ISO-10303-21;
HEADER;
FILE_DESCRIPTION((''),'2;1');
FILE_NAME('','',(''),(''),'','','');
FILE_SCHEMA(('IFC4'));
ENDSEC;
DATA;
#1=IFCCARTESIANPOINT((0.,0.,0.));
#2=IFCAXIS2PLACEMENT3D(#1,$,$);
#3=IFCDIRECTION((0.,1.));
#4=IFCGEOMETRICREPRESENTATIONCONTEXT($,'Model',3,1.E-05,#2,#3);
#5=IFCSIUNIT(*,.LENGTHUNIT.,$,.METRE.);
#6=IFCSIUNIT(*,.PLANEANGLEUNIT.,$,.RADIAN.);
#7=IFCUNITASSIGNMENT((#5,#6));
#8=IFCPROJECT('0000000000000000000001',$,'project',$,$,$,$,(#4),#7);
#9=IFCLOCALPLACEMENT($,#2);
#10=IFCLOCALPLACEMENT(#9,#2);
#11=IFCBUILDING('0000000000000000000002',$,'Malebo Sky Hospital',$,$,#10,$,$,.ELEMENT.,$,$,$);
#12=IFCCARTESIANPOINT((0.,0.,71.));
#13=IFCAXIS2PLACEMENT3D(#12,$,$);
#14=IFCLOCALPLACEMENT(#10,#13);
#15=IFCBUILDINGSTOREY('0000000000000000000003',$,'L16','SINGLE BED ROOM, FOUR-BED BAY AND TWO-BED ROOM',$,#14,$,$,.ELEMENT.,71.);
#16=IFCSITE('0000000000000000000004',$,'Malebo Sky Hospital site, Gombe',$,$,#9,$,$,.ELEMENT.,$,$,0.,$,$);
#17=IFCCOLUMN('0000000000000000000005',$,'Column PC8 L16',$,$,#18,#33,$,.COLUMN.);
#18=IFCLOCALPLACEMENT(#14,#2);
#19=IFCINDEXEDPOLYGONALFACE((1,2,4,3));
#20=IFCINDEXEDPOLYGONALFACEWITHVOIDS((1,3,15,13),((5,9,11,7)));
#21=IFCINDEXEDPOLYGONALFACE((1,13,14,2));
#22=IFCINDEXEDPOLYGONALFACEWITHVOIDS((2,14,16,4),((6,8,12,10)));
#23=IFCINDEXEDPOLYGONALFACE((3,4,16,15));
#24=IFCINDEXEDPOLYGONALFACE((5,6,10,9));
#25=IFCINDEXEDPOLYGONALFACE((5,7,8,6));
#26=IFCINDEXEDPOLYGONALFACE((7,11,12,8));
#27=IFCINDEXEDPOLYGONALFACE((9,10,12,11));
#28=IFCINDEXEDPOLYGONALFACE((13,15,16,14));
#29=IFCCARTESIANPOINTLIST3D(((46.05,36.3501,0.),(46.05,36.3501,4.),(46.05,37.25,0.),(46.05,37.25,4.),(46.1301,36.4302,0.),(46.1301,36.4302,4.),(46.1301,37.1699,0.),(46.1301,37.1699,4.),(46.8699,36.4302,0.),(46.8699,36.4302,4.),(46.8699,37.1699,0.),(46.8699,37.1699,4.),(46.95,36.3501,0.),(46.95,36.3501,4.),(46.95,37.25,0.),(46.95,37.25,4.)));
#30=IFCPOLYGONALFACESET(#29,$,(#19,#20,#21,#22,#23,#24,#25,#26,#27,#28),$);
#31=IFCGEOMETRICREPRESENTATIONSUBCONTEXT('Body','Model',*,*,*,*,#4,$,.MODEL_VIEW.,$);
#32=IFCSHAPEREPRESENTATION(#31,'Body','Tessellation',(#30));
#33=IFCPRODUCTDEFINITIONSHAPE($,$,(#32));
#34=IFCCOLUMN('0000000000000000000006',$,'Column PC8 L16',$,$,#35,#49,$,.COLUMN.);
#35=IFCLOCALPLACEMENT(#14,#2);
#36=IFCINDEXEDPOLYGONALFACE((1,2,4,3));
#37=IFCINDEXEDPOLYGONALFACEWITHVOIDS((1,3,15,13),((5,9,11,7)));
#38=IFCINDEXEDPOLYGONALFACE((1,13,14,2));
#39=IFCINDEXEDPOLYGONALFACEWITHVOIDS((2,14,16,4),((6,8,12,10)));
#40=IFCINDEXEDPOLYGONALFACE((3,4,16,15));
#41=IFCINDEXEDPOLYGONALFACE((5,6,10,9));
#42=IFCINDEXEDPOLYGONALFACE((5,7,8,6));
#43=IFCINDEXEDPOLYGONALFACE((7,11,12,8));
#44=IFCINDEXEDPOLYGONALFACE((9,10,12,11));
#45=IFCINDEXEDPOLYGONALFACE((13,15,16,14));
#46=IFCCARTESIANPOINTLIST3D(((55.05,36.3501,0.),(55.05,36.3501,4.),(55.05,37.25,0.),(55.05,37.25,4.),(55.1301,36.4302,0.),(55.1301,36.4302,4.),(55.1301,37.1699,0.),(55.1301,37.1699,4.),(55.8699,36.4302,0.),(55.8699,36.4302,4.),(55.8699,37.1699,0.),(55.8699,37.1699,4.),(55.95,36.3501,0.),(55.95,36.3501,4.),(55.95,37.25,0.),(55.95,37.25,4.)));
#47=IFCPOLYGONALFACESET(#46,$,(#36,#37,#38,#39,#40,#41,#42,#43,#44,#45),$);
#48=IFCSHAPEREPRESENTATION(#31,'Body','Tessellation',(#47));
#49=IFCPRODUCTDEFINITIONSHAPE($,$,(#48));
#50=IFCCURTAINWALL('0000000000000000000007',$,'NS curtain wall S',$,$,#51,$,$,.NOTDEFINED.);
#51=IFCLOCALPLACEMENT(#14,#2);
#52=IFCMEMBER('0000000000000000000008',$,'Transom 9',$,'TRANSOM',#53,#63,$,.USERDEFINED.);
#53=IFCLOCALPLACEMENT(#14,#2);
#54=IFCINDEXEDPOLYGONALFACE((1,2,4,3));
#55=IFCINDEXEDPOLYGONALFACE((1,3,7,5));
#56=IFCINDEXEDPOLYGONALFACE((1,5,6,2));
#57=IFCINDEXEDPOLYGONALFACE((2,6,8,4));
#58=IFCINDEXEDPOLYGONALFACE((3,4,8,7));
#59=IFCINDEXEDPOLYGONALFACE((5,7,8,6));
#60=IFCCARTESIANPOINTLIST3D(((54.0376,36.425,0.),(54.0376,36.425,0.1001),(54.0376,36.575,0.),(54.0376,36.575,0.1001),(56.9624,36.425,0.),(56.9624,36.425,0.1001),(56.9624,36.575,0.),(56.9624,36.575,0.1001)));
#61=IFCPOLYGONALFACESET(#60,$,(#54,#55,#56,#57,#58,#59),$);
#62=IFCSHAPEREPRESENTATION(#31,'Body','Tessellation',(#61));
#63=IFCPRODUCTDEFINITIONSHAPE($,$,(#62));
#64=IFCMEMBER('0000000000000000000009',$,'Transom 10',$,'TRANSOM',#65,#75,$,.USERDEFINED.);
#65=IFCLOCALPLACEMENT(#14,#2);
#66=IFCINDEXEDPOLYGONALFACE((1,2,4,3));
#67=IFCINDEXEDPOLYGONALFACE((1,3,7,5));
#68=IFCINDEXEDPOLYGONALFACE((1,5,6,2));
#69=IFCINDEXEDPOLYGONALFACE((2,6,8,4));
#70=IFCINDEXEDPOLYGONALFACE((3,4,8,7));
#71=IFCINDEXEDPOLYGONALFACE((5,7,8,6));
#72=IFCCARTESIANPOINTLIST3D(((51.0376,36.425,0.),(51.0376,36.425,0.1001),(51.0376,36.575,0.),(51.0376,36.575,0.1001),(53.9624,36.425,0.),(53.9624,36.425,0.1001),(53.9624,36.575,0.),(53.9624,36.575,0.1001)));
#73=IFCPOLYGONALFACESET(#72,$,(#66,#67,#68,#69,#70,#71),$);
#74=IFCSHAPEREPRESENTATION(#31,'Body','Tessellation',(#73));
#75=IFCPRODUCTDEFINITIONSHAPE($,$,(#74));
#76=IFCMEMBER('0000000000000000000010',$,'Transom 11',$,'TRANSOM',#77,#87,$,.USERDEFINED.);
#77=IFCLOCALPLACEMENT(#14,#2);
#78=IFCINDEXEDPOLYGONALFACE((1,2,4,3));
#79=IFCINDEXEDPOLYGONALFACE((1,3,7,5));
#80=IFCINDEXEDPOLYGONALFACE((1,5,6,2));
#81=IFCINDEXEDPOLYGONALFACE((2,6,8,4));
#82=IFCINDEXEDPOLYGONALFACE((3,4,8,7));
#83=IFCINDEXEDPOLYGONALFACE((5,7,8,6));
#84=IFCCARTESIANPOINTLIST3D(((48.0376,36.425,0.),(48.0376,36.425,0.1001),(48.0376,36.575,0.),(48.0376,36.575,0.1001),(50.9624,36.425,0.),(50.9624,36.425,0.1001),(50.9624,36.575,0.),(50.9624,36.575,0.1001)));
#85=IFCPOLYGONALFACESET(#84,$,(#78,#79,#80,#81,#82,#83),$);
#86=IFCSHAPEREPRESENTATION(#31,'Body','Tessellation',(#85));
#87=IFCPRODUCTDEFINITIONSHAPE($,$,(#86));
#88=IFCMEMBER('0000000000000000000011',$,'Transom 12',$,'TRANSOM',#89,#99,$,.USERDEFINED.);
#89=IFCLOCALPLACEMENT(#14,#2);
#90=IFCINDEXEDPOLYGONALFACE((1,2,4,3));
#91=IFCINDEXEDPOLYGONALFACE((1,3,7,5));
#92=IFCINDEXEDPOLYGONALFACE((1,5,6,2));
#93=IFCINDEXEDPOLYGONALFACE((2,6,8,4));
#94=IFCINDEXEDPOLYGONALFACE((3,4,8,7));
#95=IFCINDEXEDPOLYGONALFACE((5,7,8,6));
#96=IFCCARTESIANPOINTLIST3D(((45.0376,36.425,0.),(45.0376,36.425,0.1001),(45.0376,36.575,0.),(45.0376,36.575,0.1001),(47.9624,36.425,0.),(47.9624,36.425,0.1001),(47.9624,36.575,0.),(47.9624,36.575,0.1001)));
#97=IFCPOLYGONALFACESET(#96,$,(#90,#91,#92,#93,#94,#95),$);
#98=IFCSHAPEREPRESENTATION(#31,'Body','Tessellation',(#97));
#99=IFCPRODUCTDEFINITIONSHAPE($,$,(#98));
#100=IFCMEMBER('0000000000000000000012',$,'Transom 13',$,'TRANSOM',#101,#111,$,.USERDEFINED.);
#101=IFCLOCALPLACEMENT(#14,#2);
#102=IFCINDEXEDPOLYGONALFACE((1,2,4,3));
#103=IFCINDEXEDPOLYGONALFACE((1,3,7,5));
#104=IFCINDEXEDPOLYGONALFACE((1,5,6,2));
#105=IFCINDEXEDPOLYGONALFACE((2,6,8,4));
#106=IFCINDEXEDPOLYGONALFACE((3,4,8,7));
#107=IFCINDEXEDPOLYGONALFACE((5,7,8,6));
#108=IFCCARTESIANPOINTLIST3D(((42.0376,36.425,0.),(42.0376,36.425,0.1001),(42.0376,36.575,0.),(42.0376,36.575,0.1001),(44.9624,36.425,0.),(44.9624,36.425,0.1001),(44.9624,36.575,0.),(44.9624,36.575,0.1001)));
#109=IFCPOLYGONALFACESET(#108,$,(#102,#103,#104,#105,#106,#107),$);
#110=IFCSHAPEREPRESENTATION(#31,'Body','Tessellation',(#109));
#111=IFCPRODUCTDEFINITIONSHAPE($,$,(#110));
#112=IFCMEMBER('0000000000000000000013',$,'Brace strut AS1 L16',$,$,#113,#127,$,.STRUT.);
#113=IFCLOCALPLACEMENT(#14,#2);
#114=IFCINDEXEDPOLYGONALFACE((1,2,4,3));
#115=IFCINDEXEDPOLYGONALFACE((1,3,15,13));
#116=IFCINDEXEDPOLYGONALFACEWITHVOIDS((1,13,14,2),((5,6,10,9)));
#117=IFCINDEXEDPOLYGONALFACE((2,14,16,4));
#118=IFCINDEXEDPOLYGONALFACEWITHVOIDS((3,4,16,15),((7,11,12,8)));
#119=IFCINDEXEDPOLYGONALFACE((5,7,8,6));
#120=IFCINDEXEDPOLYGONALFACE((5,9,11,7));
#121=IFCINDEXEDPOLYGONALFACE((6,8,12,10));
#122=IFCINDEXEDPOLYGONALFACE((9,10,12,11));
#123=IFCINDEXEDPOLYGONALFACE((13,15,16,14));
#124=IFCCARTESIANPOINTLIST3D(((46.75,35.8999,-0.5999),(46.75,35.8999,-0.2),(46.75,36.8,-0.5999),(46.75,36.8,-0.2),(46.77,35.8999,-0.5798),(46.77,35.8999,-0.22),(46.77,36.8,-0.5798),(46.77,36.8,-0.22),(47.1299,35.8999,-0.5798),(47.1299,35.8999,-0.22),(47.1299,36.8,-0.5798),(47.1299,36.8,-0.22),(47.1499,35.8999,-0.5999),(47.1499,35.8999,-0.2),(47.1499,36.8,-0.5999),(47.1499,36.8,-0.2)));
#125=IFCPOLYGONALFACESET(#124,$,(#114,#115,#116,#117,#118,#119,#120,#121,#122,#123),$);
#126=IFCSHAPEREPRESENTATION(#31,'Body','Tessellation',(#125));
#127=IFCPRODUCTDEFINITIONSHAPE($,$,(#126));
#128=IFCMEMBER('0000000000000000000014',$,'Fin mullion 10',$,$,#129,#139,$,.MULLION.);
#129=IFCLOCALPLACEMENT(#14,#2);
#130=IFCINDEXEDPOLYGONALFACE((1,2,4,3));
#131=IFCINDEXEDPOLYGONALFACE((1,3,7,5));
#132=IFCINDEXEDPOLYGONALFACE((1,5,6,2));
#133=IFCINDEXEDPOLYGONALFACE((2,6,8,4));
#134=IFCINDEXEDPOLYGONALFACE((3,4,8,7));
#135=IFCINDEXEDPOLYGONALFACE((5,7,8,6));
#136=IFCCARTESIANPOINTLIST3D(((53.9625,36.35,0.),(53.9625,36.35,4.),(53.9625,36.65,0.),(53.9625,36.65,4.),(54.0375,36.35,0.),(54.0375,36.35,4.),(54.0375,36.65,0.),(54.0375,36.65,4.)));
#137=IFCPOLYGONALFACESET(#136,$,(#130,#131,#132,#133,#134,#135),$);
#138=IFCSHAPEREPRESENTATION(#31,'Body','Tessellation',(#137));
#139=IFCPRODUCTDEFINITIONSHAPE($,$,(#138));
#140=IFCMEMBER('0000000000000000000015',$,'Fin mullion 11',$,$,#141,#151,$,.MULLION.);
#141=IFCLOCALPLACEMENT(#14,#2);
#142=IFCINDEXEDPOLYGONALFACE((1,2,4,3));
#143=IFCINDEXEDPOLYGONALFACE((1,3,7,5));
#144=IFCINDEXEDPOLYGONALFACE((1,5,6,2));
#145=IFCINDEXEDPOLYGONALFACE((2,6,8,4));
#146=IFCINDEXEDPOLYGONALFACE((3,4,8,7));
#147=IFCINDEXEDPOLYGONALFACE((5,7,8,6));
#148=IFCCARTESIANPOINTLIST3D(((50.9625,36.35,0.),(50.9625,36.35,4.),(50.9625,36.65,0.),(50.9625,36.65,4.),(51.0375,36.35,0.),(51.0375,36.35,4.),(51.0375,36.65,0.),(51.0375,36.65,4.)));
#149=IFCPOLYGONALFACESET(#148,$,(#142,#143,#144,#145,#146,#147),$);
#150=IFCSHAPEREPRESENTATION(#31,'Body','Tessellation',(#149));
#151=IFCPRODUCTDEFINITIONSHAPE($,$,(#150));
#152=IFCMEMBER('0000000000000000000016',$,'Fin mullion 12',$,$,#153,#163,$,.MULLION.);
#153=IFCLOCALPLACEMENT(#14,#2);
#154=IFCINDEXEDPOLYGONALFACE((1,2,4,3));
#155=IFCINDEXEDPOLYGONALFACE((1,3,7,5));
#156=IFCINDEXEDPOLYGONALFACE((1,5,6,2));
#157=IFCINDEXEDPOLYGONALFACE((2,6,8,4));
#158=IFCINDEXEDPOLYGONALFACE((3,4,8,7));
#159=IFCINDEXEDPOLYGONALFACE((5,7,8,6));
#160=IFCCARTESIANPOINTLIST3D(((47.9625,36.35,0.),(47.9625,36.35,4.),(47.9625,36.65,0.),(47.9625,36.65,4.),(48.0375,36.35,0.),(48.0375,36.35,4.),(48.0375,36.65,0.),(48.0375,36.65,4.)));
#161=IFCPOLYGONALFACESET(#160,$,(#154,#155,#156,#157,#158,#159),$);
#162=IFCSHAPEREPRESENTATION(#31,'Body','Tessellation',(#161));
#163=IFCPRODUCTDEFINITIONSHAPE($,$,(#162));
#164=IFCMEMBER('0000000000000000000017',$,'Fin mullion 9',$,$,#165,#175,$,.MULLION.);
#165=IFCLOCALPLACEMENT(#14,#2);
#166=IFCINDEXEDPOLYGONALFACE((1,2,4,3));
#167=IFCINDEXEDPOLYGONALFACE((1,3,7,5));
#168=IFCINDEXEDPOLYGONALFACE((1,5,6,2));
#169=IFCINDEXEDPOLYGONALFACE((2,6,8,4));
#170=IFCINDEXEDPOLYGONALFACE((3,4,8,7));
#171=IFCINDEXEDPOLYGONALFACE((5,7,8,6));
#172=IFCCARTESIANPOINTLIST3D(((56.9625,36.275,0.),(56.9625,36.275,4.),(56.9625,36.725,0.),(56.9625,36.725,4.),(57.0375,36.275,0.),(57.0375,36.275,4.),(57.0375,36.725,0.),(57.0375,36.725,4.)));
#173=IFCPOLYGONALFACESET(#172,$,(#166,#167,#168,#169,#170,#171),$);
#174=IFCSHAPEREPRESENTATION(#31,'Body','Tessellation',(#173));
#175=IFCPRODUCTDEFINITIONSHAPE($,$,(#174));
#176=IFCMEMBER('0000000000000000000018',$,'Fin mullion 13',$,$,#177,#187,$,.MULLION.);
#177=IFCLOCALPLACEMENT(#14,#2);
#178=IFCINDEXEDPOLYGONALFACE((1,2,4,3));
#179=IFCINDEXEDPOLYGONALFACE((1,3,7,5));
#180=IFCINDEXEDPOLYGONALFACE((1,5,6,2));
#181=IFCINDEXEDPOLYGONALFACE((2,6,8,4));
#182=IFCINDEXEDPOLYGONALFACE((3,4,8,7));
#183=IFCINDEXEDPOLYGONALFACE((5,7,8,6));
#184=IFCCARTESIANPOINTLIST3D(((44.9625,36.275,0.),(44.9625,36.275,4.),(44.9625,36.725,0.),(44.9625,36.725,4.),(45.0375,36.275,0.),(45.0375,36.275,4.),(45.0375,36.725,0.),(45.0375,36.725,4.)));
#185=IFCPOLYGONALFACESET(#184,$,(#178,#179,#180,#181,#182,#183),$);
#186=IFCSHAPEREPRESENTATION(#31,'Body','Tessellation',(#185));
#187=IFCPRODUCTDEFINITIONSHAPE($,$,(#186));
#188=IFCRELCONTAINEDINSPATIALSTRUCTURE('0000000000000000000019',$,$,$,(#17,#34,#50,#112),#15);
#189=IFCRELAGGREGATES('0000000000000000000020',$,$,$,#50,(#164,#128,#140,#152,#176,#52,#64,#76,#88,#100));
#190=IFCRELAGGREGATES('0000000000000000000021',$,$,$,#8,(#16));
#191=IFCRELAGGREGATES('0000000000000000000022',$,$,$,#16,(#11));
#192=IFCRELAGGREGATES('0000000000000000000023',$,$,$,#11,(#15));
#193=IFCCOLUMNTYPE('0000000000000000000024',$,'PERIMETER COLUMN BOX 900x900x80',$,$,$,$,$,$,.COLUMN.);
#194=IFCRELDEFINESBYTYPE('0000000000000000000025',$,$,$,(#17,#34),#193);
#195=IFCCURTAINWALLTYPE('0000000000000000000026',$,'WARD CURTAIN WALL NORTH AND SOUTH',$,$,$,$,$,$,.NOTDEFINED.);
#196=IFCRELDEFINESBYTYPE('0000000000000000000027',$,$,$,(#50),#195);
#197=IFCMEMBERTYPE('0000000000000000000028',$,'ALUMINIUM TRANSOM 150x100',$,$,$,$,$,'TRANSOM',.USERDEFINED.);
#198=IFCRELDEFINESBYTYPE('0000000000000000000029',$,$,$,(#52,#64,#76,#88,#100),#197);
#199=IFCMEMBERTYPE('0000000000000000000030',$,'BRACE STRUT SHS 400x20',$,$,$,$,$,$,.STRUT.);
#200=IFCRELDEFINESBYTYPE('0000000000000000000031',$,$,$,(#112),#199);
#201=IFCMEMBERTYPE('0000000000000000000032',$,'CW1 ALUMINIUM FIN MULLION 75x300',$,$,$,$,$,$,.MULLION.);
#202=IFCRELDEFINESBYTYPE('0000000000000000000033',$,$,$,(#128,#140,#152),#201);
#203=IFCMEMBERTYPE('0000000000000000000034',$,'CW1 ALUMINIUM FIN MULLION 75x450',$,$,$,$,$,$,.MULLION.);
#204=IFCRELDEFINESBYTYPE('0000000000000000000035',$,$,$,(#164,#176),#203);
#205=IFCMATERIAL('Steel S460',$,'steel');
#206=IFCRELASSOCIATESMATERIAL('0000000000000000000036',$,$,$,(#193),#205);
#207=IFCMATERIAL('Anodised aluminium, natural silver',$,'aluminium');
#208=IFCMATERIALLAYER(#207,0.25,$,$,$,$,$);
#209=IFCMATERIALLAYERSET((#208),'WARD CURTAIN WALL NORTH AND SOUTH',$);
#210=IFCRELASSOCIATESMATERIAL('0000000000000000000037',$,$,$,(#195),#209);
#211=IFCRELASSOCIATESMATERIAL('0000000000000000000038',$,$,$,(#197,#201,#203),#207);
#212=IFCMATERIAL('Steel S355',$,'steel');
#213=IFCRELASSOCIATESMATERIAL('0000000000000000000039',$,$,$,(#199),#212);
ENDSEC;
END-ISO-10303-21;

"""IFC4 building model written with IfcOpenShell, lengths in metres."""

from ifc_helpers import new_model, si_unit, direction, frame, origin, origin_2d, place, context, subcontext, project, spatial, rectangle, hollow_rectangle, extrude, material, layer, layer_set, material_profile, profile_set, type_object, element, aggregate, save


model = new_model("IFC4")

# Units and contexts
model_context = context("Model", 3, precision=1e-05, world=origin(), true_north=direction((0.0, 1.0)))
body_context = subcontext(model_context, "Body", "Model", "MODEL_VIEW")
ifc_project = project(units=[si_unit("LENGTHUNIT", "METRE"), si_unit("PLANEANGLEUNIT", "RADIAN")], contexts=[model_context])

# Site, building, storey
site_placement = place(None, origin())
site = spatial("IfcSite", under=ifc_project, at=site_placement, Name="Malebo Sky Hospital site, Gombe", CompositionType="ELEMENT", RefElevation=0.0)
building_placement = place(site_placement, origin())
building = spatial("IfcBuilding", under=site, at=building_placement, Name="Malebo Sky Hospital", CompositionType="ELEMENT")
storey_placement = place(building_placement, frame((0.0, 0.0, 71.0)))
storey = spatial("IfcBuildingStorey", under=building, at=storey_placement, Name="L16", Description="SINGLE BED ROOM, FOUR-BED BAY AND TWO-BED ROOM", CompositionType="ELEMENT", Elevation=71.0)

# Columns
ifc_material_1 = material(Name="Steel S460", Category="steel")
ifc_material_profile_1 = material_profile(ifc_material_1, hollow_rectangle(XDim=0.8999, YDim=0.8999, WallThickness=0.0801, at=origin_2d()), Name="BOX 900x900x80")
ifc_profile_set_1 = profile_set([ifc_material_profile_1], Name="Steel S460")
column_type = type_object("IfcColumnType", Name="PERIMETER COLUMN BOX 900x900x80", PredefinedType="COLUMN", material=ifc_profile_set_1)
for number, where, z_axis, x_axis, name in (
    (1, (46.5, 36.8, 0.0), (0.0, 0.0, 1.0), (1.0, 0.0, 0.0), "Column PC8 L16"),
    (2, (55.5, 36.8, 0.0), (0.0, 0.0, 1.0), (1.0, 0.0, 0.0), "Column PC8 L16"),
):
    element("IfcColumn", number, at=place(storey_placement, frame(where, z_axis=z_axis, x_axis=x_axis)), inside=storey, type_object=column_type, Name=name, PredefinedType="COLUMN", context=body_context, shape_type="SweptSolid", body=[
        extrude(hollow_rectangle(XDim=0.8999, YDim=0.8999, WallThickness=0.0801, at=origin_2d()), origin(), (0.0, 0.0, 1.0), 4.0),
    ])

# Curtain wall, members
ifc_material_2 = material(Name="Anodised aluminium, natural silver", Category="aluminium")
ifc_layer_1 = layer(ifc_material_2, 0.25)
ifc_layer_set_1 = layer_set([ifc_layer_1], Name="WARD CURTAIN WALL NORTH AND SOUTH")
curtain_wall_type = type_object("IfcCurtainWallType", Name="WARD CURTAIN WALL NORTH AND SOUTH", PredefinedType="NOTDEFINED", material=ifc_layer_set_1)
curtain_wall_placement = place(storey_placement, origin())
curtain_wall = element("IfcCurtainWall", 3, at=curtain_wall_placement, inside=storey, type_object=curtain_wall_type, Name="NS curtain wall S", PredefinedType="NOTDEFINED")
ifc_material_profile_2 = material_profile(ifc_material_2, rectangle(XDim=0.1499, YDim=0.1001, at=origin_2d()), Name="ALUMINIUM TRANSOM 150x100")
ifc_profile_set_2 = profile_set([ifc_material_profile_2], Name="Anodised aluminium, natural silver")
member_type_1 = type_object("IfcMemberType", Name="ALUMINIUM TRANSOM 150x100", ElementType="TRANSOM", PredefinedType="USERDEFINED", material=ifc_profile_set_2)
member_1_placement = place(storey_placement, frame((56.9624, 36.5, 0.05), z_axis=(-1.0, 0.0, 0.0), x_axis=(0.0, -1.0, 0.0)))
member_1 = element("IfcMember", 4, at=member_1_placement, type_object=member_type_1, Name="Transom 9", ObjectType="TRANSOM", PredefinedType="USERDEFINED", context=body_context, shape_type="SweptSolid", body=[
    extrude(rectangle(XDim=0.1499, YDim=0.1001, at=origin_2d()), origin(), (0.0, 0.0, 1.0), 2.9248),
])
member_2_placement = place(storey_placement, frame((53.9624, 36.5, 0.05), z_axis=(-1.0, 0.0, 0.0), x_axis=(0.0, -1.0, 0.0)))
member_2 = element("IfcMember", 5, at=member_2_placement, type_object=member_type_1, Name="Transom 10", ObjectType="TRANSOM", PredefinedType="USERDEFINED", context=body_context, shape_type="SweptSolid", body=[
    extrude(rectangle(XDim=0.1499, YDim=0.1001, at=origin_2d()), origin(), (0.0, 0.0, 1.0), 2.9248),
])
member_3_placement = place(storey_placement, frame((50.9624, 36.5, 0.05), z_axis=(-1.0, 0.0, 0.0), x_axis=(0.0, -1.0, 0.0)))
member_3 = element("IfcMember", 6, at=member_3_placement, type_object=member_type_1, Name="Transom 11", ObjectType="TRANSOM", PredefinedType="USERDEFINED", context=body_context, shape_type="SweptSolid", body=[
    extrude(rectangle(XDim=0.1499, YDim=0.1001, at=origin_2d()), origin(), (0.0, 0.0, 1.0), 2.9248),
])
member_4_placement = place(storey_placement, frame((47.9624, 36.5, 0.05), z_axis=(-1.0, 0.0, 0.0), x_axis=(0.0, -1.0, 0.0)))
member_4 = element("IfcMember", 7, at=member_4_placement, type_object=member_type_1, Name="Transom 12", ObjectType="TRANSOM", PredefinedType="USERDEFINED", context=body_context, shape_type="SweptSolid", body=[
    extrude(rectangle(XDim=0.1499, YDim=0.1001, at=origin_2d()), origin(), (0.0, 0.0, 1.0), 2.9248),
])
member_5_placement = place(storey_placement, frame((44.9624, 36.5, 0.05), z_axis=(-1.0, 0.0, 0.0), x_axis=(0.0, -1.0, 0.0)))
member_5 = element("IfcMember", 8, at=member_5_placement, type_object=member_type_1, Name="Transom 13", ObjectType="TRANSOM", PredefinedType="USERDEFINED", context=body_context, shape_type="SweptSolid", body=[
    extrude(rectangle(XDim=0.1499, YDim=0.1001, at=origin_2d()), origin(), (0.0, 0.0, 1.0), 2.9248),
])

# Members
ifc_material_3 = material(Name="Steel S355", Category="steel")
ifc_material_profile_3 = material_profile(ifc_material_3, hollow_rectangle(XDim=0.3999, YDim=0.3999, WallThickness=0.02, at=origin_2d()), Name="SHS 400x20")
ifc_profile_set_3 = profile_set([ifc_material_profile_3], Name="Steel S355")
member_type_2 = type_object("IfcMemberType", Name="BRACE STRUT SHS 400x20", PredefinedType="STRUT", material=ifc_profile_set_3)
member_6_placement = place(storey_placement, frame((46.95, 35.8999, -0.3999), z_axis=(0.0, 1.0, 0.0), x_axis=(-1.0, 0.0, 0.0)))
element("IfcMember", 9, at=member_6_placement, inside=storey, type_object=member_type_2, Name="Brace strut AS1 L16", PredefinedType="STRUT", context=body_context, shape_type="SweptSolid", body=[
    extrude(hollow_rectangle(XDim=0.3999, YDim=0.3999, WallThickness=0.02, at=origin_2d()), origin(), (0.0, 0.0, 1.0), 0.9001),
])
ifc_material_profile_4 = material_profile(ifc_material_2, rectangle(XDim=0.075, YDim=0.3, at=origin_2d()), Name="CW1 ALUMINIUM FIN MULLION 75x300")
ifc_profile_set_4 = profile_set([ifc_material_profile_4], Name="Anodised aluminium, natural silver")
member_type_3 = type_object("IfcMemberType", Name="CW1 ALUMINIUM FIN MULLION 75x300", PredefinedType="MULLION", material=ifc_profile_set_4)
member_7_placement = place(storey_placement, frame((54.0, 36.5, 0.0), z_axis=(0.0, 0.0, 1.0), x_axis=(-1.0, 0.0, 0.0)))
member_7 = element("IfcMember", 10, at=member_7_placement, type_object=member_type_3, Name="Fin mullion 10", PredefinedType="MULLION", context=body_context, shape_type="SweptSolid", body=[
    extrude(rectangle(XDim=0.075, YDim=0.3, at=origin_2d()), origin(), (0.0, 0.0, 1.0), 4.0),
])
member_8_placement = place(storey_placement, frame((51.0, 36.5, 0.0), z_axis=(0.0, 0.0, 1.0), x_axis=(-1.0, 0.0, 0.0)))
member_8 = element("IfcMember", 11, at=member_8_placement, type_object=member_type_3, Name="Fin mullion 11", PredefinedType="MULLION", context=body_context, shape_type="SweptSolid", body=[
    extrude(rectangle(XDim=0.075, YDim=0.3, at=origin_2d()), origin(), (0.0, 0.0, 1.0), 4.0),
])
member_9_placement = place(storey_placement, frame((48.0, 36.5, 0.0), z_axis=(0.0, 0.0, 1.0), x_axis=(-1.0, 0.0, 0.0)))
member_9 = element("IfcMember", 12, at=member_9_placement, type_object=member_type_3, Name="Fin mullion 12", PredefinedType="MULLION", context=body_context, shape_type="SweptSolid", body=[
    extrude(rectangle(XDim=0.075, YDim=0.3, at=origin_2d()), origin(), (0.0, 0.0, 1.0), 4.0),
])
ifc_material_profile_5 = material_profile(ifc_material_2, rectangle(XDim=0.075, YDim=0.45, at=origin_2d()), Name="CW1 ALUMINIUM FIN MULLION 75x450")
ifc_profile_set_5 = profile_set([ifc_material_profile_5], Name="Anodised aluminium, natural silver")
member_type_4 = type_object("IfcMemberType", Name="CW1 ALUMINIUM FIN MULLION 75x450", PredefinedType="MULLION", material=ifc_profile_set_5)
member_10_placement = place(storey_placement, frame((57.0, 36.5, 0.0), z_axis=(0.0, 0.0, 1.0), x_axis=(-1.0, 0.0, 0.0)))
member_10 = element("IfcMember", 13, at=member_10_placement, type_object=member_type_4, Name="Fin mullion 9", PredefinedType="MULLION", context=body_context, shape_type="SweptSolid", body=[
    extrude(rectangle(XDim=0.075, YDim=0.45, at=origin_2d()), origin(), (0.0, 0.0, 1.0), 4.0),
])
member_11_placement = place(storey_placement, frame((45.0, 36.5, 0.0), z_axis=(0.0, 0.0, 1.0), x_axis=(-1.0, 0.0, 0.0)))
member_11 = element("IfcMember", 14, at=member_11_placement, type_object=member_type_4, Name="Fin mullion 13", PredefinedType="MULLION", context=body_context, shape_type="SweptSolid", body=[
    extrude(rectangle(XDim=0.075, YDim=0.45, at=origin_2d()), origin(), (0.0, 0.0, 1.0), 4.0),
])

aggregate(curtain_wall, [member_10, member_7, member_8, member_9, member_11, member_1, member_2, member_3, member_4, member_5])

save(model, "model.ifc")
